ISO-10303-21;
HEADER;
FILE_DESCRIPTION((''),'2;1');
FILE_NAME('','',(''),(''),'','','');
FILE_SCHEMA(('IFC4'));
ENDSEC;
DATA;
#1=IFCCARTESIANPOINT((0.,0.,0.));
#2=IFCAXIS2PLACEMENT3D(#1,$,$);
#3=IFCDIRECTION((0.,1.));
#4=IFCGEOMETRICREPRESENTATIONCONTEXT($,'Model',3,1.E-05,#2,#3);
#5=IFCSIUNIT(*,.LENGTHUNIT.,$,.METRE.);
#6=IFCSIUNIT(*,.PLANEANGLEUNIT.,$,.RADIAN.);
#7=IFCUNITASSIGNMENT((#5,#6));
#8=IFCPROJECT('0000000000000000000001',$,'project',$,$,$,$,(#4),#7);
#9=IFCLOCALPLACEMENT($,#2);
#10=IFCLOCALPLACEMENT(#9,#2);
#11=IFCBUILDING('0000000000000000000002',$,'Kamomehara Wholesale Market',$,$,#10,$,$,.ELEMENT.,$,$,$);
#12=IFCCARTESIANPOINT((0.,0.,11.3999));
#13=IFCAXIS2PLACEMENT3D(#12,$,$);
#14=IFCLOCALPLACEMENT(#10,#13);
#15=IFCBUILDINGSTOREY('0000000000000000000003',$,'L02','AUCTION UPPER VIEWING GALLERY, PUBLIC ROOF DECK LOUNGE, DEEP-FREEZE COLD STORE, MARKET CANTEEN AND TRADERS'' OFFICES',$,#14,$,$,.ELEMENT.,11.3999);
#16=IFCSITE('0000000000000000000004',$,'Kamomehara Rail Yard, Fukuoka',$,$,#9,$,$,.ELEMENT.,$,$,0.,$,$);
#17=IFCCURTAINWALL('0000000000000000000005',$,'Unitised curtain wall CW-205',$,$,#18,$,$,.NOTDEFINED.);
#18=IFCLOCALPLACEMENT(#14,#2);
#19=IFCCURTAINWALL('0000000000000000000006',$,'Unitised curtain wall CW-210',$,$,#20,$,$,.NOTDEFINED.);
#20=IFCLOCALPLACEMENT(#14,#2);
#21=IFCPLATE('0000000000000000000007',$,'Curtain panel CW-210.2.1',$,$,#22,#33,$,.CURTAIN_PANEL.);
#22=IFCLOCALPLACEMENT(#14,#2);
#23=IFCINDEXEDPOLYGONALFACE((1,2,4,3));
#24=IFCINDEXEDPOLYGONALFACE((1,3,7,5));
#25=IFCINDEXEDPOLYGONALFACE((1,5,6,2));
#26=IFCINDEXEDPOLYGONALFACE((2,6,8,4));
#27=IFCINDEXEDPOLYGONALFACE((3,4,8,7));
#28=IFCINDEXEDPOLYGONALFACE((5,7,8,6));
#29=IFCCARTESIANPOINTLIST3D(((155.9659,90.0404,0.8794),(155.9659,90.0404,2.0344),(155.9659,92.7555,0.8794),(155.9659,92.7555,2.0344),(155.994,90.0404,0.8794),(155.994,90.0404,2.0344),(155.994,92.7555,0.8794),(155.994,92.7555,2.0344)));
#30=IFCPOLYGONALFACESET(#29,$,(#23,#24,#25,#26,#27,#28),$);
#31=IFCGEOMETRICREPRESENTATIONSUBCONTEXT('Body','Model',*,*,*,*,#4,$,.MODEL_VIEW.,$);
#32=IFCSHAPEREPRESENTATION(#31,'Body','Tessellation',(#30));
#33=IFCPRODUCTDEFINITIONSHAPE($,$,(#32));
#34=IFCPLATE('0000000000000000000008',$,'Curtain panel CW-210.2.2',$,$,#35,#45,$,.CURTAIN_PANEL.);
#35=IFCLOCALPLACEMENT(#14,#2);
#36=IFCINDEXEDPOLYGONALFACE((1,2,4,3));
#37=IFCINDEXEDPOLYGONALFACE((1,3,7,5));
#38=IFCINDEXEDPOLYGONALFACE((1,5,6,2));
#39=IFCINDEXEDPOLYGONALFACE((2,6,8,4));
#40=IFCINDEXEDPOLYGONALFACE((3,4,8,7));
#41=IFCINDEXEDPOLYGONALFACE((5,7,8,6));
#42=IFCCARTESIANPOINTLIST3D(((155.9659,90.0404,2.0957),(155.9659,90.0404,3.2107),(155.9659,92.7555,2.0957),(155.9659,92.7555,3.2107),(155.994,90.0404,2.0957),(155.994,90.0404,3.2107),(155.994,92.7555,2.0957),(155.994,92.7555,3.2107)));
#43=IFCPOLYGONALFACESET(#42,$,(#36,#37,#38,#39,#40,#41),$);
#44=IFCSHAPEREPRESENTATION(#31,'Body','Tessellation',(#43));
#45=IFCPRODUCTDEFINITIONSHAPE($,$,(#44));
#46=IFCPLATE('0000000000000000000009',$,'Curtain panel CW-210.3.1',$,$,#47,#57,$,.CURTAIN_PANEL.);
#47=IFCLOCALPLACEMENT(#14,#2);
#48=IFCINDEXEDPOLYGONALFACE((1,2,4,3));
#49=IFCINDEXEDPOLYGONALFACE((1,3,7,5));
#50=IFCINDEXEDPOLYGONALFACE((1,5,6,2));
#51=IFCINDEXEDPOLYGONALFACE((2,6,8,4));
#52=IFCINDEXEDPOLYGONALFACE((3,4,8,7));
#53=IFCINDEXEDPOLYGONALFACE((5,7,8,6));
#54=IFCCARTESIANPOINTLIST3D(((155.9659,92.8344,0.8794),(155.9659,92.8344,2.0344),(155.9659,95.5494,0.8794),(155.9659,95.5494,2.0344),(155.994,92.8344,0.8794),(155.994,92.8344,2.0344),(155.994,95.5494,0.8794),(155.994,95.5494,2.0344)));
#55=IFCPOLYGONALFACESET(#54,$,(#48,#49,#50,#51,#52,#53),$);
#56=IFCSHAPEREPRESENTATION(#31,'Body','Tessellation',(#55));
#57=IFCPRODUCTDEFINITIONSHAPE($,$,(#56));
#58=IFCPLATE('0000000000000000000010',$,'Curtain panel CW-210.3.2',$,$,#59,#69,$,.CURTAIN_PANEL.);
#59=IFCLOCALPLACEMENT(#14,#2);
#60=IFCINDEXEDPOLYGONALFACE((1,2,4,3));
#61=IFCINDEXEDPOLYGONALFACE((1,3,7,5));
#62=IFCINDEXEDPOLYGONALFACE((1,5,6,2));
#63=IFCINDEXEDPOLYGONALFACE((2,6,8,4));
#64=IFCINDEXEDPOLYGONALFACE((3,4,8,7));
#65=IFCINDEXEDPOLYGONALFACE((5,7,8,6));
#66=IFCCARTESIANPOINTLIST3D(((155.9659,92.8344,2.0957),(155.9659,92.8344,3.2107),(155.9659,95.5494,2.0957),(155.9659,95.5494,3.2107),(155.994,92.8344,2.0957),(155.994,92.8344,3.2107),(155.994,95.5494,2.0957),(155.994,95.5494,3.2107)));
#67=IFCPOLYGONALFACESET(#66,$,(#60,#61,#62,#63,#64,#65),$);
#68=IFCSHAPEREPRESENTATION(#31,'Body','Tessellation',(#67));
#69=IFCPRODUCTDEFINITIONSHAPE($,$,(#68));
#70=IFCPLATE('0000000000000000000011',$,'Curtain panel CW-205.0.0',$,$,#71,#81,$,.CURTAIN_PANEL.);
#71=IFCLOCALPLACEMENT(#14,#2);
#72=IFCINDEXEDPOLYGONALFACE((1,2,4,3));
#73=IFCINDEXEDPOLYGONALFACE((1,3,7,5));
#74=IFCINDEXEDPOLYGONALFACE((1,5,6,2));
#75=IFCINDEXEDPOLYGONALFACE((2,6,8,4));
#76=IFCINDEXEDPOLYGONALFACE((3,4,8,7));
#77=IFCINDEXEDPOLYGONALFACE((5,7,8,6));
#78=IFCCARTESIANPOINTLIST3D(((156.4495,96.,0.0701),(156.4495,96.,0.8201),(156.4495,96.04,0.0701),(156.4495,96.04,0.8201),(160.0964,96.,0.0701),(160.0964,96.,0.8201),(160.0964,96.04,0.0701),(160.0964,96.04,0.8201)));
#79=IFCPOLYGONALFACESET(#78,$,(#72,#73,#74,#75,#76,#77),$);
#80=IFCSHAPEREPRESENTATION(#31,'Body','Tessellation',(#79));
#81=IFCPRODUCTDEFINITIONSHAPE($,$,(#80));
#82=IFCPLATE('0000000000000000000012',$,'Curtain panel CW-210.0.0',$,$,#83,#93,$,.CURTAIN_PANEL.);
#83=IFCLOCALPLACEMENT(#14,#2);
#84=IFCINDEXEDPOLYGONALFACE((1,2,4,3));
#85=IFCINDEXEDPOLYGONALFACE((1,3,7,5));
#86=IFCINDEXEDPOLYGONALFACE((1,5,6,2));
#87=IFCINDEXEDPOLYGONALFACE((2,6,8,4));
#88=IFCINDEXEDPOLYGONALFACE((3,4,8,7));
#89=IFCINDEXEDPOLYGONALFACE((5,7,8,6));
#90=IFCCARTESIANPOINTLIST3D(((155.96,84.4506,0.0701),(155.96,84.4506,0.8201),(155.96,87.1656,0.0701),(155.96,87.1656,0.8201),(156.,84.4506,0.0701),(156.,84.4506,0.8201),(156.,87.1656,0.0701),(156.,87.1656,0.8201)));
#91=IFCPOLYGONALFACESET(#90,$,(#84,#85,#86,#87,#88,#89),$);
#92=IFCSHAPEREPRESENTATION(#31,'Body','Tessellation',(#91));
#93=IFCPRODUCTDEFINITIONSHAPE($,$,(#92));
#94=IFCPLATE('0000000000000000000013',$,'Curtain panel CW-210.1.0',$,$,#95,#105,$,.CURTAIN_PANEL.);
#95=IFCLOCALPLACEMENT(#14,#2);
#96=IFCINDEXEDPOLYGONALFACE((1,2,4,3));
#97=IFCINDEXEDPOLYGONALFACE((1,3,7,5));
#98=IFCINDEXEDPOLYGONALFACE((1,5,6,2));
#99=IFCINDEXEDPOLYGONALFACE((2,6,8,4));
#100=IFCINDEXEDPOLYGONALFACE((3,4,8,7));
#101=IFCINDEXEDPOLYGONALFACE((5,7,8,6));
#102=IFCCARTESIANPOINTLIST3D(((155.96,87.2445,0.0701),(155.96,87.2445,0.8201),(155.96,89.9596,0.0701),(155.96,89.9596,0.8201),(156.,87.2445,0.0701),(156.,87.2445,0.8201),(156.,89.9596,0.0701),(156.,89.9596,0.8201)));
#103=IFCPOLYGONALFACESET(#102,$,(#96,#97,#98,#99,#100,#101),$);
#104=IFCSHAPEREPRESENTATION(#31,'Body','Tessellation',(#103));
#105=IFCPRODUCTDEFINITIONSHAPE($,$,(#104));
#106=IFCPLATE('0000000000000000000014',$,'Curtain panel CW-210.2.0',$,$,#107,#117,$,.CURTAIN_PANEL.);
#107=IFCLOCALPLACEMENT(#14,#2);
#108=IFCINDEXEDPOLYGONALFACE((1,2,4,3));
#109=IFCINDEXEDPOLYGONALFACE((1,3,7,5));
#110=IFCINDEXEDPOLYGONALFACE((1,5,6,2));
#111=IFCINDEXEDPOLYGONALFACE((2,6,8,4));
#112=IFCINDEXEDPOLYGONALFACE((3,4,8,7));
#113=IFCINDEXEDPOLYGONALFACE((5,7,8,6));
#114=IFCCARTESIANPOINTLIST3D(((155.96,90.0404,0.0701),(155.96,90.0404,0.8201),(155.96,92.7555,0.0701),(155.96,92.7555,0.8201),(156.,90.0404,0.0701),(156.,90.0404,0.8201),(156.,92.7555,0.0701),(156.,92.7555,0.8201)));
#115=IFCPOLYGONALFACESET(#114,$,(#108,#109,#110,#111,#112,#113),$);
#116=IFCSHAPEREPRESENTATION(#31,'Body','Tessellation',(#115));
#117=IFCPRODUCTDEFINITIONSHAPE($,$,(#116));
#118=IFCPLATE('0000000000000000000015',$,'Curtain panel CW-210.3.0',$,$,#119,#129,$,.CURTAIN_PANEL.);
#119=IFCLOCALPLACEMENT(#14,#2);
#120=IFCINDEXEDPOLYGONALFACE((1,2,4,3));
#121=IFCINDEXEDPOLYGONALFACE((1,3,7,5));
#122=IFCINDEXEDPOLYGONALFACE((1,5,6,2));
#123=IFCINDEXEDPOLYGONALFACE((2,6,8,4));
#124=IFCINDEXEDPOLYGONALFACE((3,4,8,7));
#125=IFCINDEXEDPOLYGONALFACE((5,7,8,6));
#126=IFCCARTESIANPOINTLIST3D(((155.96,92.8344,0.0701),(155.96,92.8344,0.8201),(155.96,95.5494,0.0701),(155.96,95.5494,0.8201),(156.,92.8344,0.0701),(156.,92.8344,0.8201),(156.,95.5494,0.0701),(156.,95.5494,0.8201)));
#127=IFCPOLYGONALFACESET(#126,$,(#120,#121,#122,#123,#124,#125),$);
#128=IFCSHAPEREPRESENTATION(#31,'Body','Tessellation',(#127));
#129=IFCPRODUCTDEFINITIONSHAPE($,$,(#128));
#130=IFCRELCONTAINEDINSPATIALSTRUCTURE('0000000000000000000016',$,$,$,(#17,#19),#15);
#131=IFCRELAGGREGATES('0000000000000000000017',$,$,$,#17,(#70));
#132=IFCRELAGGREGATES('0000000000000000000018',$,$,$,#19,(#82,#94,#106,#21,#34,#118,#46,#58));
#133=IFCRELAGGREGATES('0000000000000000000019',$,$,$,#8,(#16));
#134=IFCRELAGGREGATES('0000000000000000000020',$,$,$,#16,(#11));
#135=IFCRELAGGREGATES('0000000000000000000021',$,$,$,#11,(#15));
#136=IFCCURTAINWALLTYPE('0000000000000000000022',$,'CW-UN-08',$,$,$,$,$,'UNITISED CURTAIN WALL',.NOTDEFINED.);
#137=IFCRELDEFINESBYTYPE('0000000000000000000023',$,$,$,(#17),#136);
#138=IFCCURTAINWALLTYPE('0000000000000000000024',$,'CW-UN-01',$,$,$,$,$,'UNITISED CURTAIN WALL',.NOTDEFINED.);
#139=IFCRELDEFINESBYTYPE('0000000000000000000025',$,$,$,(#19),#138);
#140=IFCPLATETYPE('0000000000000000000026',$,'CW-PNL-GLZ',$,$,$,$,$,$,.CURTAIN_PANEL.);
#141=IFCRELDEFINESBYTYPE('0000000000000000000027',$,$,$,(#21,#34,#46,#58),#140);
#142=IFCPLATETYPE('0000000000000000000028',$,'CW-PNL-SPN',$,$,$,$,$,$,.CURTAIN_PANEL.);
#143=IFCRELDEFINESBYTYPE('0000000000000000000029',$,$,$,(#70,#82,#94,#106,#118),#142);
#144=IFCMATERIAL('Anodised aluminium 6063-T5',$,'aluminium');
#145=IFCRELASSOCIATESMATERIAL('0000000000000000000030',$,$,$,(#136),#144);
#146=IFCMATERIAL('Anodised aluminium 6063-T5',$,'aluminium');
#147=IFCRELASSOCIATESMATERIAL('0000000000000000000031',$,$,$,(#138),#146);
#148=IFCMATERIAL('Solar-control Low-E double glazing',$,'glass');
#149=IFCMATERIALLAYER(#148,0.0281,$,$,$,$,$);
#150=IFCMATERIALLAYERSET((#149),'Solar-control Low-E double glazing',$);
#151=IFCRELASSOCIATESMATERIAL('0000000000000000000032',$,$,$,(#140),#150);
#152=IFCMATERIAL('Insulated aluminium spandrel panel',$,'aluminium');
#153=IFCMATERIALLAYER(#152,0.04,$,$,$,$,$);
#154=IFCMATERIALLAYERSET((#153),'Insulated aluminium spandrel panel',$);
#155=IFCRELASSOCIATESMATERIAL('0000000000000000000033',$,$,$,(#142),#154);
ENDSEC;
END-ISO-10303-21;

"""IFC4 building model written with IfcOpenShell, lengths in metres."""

from ifc_helpers import new_model, si_unit, direction, frame, origin, origin_2d, place, context, subcontext, project, spatial, rectangle, extrude, material, layer, layer_set, type_object, element, aggregate, save


model = new_model("IFC4")

# Units and contexts
model_context = context("Model", 3, precision=1e-05, world=origin(), true_north=direction((0.0, 1.0)))
body_context = subcontext(model_context, "Body", "Model", "MODEL_VIEW")
ifc_project = project(units=[si_unit("LENGTHUNIT", "METRE"), si_unit("PLANEANGLEUNIT", "RADIAN")], contexts=[model_context])

# Site, building, storey
site_placement = place(None, origin())
site = spatial("IfcSite", under=ifc_project, at=site_placement, Name="Kamomehara Rail Yard, Fukuoka", CompositionType="ELEMENT", RefElevation=0.0)
building_placement = place(site_placement, origin())
building = spatial("IfcBuilding", under=site, at=building_placement, Name="Kamomehara Wholesale Market", CompositionType="ELEMENT")
storey_placement = place(building_placement, frame((0.0, 0.0, 11.3999)))
storey = spatial("IfcBuildingStorey", under=building, at=storey_placement, Name="L02", Description="AUCTION UPPER VIEWING GALLERY, PUBLIC ROOF DECK LOUNGE, DEEP-FREEZE COLD STORE, MARKET CANTEEN AND TRADERS' OFFICES", CompositionType="ELEMENT", Elevation=11.3999)

# Curtain wall
ifc_material_1 = material(Name="Anodised aluminium 6063-T5", Category="aluminium")
curtain_wall_type_1 = type_object("IfcCurtainWallType", Name="CW-UN-08", ElementType="UNITISED CURTAIN WALL", PredefinedType="NOTDEFINED", material=ifc_material_1)
curtain_wall_1_placement = place(storey_placement, origin())
curtain_wall_1 = element("IfcCurtainWall", 1, at=curtain_wall_1_placement, inside=storey, type_object=curtain_wall_type_1, Name="Unitised curtain wall CW-205", PredefinedType="NOTDEFINED")
ifc_material_2 = material(Name="Anodised aluminium 6063-T5", Category="aluminium")
curtain_wall_type_2 = type_object("IfcCurtainWallType", Name="CW-UN-01", ElementType="UNITISED CURTAIN WALL", PredefinedType="NOTDEFINED", material=ifc_material_2)

# Curtain wall
curtain_wall_2_placement = place(storey_placement, origin())
curtain_wall_2 = element("IfcCurtainWall", 2, at=curtain_wall_2_placement, inside=storey, type_object=curtain_wall_type_2, Name="Unitised curtain wall CW-210", PredefinedType="NOTDEFINED")

# Plates
ifc_material_3 = material(Name="Solar-control Low-E double glazing", Category="glass")
ifc_layer_1 = layer(ifc_material_3, 0.0281)
ifc_layer_set_1 = layer_set([ifc_layer_1], Name="Solar-control Low-E double glazing")
plate_type_1 = type_object("IfcPlateType", Name="CW-PNL-GLZ", PredefinedType="CURTAIN_PANEL", material=ifc_layer_set_1)
plate_1_placement = place(storey_placement, frame((155.98, 91.3979, 0.8794), z_axis=(0.0, 0.0, 1.0), x_axis=(0.0, 1.0, 0.0)))
plate_1 = element("IfcPlate", 3, at=plate_1_placement, type_object=plate_type_1, Name="Curtain panel CW-210.2.1", PredefinedType="CURTAIN_PANEL", context=body_context, shape_type="SweptSolid", body=[
    extrude(rectangle(XDim=2.7151, YDim=0.0281, at=origin_2d()), origin(), (0.0, 0.0, 1.0), 1.155),
])
plate_2_placement = place(storey_placement, frame((155.98, 91.3979, 2.0957), z_axis=(0.0, 0.0, 1.0), x_axis=(0.0, 1.0, 0.0)))
plate_2 = element("IfcPlate", 4, at=plate_2_placement, type_object=plate_type_1, Name="Curtain panel CW-210.2.2", PredefinedType="CURTAIN_PANEL", context=body_context, shape_type="SweptSolid", body=[
    extrude(rectangle(XDim=2.7151, YDim=0.0281, at=origin_2d()), origin(), (0.0, 0.0, 1.0), 1.115),
])
plate_3_placement = place(storey_placement, frame((155.98, 94.1919, 0.8794), z_axis=(0.0, 0.0, 1.0), x_axis=(0.0, 1.0, 0.0)))
plate_3 = element("IfcPlate", 5, at=plate_3_placement, type_object=plate_type_1, Name="Curtain panel CW-210.3.1", PredefinedType="CURTAIN_PANEL", context=body_context, shape_type="SweptSolid", body=[
    extrude(rectangle(XDim=2.7151, YDim=0.0281, at=origin_2d()), origin(), (0.0, 0.0, 1.0), 1.155),
])
plate_4_placement = place(storey_placement, frame((155.98, 94.1919, 2.0957), z_axis=(0.0, 0.0, 1.0), x_axis=(0.0, 1.0, 0.0)))
plate_4 = element("IfcPlate", 6, at=plate_4_placement, type_object=plate_type_1, Name="Curtain panel CW-210.3.2", PredefinedType="CURTAIN_PANEL", context=body_context, shape_type="SweptSolid", body=[
    extrude(rectangle(XDim=2.7151, YDim=0.0281, at=origin_2d()), origin(), (0.0, 0.0, 1.0), 1.115),
])
ifc_material_4 = material(Name="Insulated aluminium spandrel panel", Category="aluminium")
ifc_layer_2 = layer(ifc_material_4, 0.04)
ifc_layer_set_2 = layer_set([ifc_layer_2], Name="Insulated aluminium spandrel panel")
plate_type_2 = type_object("IfcPlateType", Name="CW-PNL-SPN", PredefinedType="CURTAIN_PANEL", material=ifc_layer_set_2)
plate_5_placement = place(storey_placement, frame((158.2729, 96.02, 0.0701), z_axis=(0.0, 0.0, 1.0), x_axis=(1.0, 0.0, 0.0)))
plate_5 = element("IfcPlate", 7, at=plate_5_placement, type_object=plate_type_2, Name="Curtain panel CW-205.0.0", PredefinedType="CURTAIN_PANEL", context=body_context, shape_type="SweptSolid", body=[
    extrude(rectangle(XDim=3.647, YDim=0.04, at=origin_2d()), origin(), (0.0, 0.0, 1.0), 0.75),
])
aggregate(curtain_wall_1, [plate_5])
plate_6_placement = place(storey_placement, frame((155.98, 85.8081, 0.0701), z_axis=(0.0, 0.0, 1.0), x_axis=(0.0, 1.0, 0.0)))
plate_6 = element("IfcPlate", 8, at=plate_6_placement, type_object=plate_type_2, Name="Curtain panel CW-210.0.0", PredefinedType="CURTAIN_PANEL", context=body_context, shape_type="SweptSolid", body=[
    extrude(rectangle(XDim=2.7151, YDim=0.04, at=origin_2d()), origin(), (0.0, 0.0, 1.0), 0.75),
])
plate_7_placement = place(storey_placement, frame((155.98, 88.6021, 0.0701), z_axis=(0.0, 0.0, 1.0), x_axis=(0.0, 1.0, 0.0)))
plate_7 = element("IfcPlate", 9, at=plate_7_placement, type_object=plate_type_2, Name="Curtain panel CW-210.1.0", PredefinedType="CURTAIN_PANEL", context=body_context, shape_type="SweptSolid", body=[
    extrude(rectangle(XDim=2.7151, YDim=0.04, at=origin_2d()), origin(), (0.0, 0.0, 1.0), 0.75),
])
plate_8_placement = place(storey_placement, frame((155.98, 91.3979, 0.0701), z_axis=(0.0, 0.0, 1.0), x_axis=(0.0, 1.0, 0.0)))
plate_8 = element("IfcPlate", 10, at=plate_8_placement, type_object=plate_type_2, Name="Curtain panel CW-210.2.0", PredefinedType="CURTAIN_PANEL", context=body_context, shape_type="SweptSolid", body=[
    extrude(rectangle(XDim=2.7151, YDim=0.04, at=origin_2d()), origin(), (0.0, 0.0, 1.0), 0.75),
])
plate_9_placement = place(storey_placement, frame((155.98, 94.1919, 0.0701), z_axis=(0.0, 0.0, 1.0), x_axis=(0.0, 1.0, 0.0)))
plate_9 = element("IfcPlate", 11, at=plate_9_placement, type_object=plate_type_2, Name="Curtain panel CW-210.3.0", PredefinedType="CURTAIN_PANEL", context=body_context, shape_type="SweptSolid", body=[
    extrude(rectangle(XDim=2.7151, YDim=0.04, at=origin_2d()), origin(), (0.0, 0.0, 1.0), 0.75),
])
aggregate(curtain_wall_2, [plate_6, plate_7, plate_8, plate_1, plate_2, plate_9, plate_3, plate_4])

save(model, "model.ifc")
